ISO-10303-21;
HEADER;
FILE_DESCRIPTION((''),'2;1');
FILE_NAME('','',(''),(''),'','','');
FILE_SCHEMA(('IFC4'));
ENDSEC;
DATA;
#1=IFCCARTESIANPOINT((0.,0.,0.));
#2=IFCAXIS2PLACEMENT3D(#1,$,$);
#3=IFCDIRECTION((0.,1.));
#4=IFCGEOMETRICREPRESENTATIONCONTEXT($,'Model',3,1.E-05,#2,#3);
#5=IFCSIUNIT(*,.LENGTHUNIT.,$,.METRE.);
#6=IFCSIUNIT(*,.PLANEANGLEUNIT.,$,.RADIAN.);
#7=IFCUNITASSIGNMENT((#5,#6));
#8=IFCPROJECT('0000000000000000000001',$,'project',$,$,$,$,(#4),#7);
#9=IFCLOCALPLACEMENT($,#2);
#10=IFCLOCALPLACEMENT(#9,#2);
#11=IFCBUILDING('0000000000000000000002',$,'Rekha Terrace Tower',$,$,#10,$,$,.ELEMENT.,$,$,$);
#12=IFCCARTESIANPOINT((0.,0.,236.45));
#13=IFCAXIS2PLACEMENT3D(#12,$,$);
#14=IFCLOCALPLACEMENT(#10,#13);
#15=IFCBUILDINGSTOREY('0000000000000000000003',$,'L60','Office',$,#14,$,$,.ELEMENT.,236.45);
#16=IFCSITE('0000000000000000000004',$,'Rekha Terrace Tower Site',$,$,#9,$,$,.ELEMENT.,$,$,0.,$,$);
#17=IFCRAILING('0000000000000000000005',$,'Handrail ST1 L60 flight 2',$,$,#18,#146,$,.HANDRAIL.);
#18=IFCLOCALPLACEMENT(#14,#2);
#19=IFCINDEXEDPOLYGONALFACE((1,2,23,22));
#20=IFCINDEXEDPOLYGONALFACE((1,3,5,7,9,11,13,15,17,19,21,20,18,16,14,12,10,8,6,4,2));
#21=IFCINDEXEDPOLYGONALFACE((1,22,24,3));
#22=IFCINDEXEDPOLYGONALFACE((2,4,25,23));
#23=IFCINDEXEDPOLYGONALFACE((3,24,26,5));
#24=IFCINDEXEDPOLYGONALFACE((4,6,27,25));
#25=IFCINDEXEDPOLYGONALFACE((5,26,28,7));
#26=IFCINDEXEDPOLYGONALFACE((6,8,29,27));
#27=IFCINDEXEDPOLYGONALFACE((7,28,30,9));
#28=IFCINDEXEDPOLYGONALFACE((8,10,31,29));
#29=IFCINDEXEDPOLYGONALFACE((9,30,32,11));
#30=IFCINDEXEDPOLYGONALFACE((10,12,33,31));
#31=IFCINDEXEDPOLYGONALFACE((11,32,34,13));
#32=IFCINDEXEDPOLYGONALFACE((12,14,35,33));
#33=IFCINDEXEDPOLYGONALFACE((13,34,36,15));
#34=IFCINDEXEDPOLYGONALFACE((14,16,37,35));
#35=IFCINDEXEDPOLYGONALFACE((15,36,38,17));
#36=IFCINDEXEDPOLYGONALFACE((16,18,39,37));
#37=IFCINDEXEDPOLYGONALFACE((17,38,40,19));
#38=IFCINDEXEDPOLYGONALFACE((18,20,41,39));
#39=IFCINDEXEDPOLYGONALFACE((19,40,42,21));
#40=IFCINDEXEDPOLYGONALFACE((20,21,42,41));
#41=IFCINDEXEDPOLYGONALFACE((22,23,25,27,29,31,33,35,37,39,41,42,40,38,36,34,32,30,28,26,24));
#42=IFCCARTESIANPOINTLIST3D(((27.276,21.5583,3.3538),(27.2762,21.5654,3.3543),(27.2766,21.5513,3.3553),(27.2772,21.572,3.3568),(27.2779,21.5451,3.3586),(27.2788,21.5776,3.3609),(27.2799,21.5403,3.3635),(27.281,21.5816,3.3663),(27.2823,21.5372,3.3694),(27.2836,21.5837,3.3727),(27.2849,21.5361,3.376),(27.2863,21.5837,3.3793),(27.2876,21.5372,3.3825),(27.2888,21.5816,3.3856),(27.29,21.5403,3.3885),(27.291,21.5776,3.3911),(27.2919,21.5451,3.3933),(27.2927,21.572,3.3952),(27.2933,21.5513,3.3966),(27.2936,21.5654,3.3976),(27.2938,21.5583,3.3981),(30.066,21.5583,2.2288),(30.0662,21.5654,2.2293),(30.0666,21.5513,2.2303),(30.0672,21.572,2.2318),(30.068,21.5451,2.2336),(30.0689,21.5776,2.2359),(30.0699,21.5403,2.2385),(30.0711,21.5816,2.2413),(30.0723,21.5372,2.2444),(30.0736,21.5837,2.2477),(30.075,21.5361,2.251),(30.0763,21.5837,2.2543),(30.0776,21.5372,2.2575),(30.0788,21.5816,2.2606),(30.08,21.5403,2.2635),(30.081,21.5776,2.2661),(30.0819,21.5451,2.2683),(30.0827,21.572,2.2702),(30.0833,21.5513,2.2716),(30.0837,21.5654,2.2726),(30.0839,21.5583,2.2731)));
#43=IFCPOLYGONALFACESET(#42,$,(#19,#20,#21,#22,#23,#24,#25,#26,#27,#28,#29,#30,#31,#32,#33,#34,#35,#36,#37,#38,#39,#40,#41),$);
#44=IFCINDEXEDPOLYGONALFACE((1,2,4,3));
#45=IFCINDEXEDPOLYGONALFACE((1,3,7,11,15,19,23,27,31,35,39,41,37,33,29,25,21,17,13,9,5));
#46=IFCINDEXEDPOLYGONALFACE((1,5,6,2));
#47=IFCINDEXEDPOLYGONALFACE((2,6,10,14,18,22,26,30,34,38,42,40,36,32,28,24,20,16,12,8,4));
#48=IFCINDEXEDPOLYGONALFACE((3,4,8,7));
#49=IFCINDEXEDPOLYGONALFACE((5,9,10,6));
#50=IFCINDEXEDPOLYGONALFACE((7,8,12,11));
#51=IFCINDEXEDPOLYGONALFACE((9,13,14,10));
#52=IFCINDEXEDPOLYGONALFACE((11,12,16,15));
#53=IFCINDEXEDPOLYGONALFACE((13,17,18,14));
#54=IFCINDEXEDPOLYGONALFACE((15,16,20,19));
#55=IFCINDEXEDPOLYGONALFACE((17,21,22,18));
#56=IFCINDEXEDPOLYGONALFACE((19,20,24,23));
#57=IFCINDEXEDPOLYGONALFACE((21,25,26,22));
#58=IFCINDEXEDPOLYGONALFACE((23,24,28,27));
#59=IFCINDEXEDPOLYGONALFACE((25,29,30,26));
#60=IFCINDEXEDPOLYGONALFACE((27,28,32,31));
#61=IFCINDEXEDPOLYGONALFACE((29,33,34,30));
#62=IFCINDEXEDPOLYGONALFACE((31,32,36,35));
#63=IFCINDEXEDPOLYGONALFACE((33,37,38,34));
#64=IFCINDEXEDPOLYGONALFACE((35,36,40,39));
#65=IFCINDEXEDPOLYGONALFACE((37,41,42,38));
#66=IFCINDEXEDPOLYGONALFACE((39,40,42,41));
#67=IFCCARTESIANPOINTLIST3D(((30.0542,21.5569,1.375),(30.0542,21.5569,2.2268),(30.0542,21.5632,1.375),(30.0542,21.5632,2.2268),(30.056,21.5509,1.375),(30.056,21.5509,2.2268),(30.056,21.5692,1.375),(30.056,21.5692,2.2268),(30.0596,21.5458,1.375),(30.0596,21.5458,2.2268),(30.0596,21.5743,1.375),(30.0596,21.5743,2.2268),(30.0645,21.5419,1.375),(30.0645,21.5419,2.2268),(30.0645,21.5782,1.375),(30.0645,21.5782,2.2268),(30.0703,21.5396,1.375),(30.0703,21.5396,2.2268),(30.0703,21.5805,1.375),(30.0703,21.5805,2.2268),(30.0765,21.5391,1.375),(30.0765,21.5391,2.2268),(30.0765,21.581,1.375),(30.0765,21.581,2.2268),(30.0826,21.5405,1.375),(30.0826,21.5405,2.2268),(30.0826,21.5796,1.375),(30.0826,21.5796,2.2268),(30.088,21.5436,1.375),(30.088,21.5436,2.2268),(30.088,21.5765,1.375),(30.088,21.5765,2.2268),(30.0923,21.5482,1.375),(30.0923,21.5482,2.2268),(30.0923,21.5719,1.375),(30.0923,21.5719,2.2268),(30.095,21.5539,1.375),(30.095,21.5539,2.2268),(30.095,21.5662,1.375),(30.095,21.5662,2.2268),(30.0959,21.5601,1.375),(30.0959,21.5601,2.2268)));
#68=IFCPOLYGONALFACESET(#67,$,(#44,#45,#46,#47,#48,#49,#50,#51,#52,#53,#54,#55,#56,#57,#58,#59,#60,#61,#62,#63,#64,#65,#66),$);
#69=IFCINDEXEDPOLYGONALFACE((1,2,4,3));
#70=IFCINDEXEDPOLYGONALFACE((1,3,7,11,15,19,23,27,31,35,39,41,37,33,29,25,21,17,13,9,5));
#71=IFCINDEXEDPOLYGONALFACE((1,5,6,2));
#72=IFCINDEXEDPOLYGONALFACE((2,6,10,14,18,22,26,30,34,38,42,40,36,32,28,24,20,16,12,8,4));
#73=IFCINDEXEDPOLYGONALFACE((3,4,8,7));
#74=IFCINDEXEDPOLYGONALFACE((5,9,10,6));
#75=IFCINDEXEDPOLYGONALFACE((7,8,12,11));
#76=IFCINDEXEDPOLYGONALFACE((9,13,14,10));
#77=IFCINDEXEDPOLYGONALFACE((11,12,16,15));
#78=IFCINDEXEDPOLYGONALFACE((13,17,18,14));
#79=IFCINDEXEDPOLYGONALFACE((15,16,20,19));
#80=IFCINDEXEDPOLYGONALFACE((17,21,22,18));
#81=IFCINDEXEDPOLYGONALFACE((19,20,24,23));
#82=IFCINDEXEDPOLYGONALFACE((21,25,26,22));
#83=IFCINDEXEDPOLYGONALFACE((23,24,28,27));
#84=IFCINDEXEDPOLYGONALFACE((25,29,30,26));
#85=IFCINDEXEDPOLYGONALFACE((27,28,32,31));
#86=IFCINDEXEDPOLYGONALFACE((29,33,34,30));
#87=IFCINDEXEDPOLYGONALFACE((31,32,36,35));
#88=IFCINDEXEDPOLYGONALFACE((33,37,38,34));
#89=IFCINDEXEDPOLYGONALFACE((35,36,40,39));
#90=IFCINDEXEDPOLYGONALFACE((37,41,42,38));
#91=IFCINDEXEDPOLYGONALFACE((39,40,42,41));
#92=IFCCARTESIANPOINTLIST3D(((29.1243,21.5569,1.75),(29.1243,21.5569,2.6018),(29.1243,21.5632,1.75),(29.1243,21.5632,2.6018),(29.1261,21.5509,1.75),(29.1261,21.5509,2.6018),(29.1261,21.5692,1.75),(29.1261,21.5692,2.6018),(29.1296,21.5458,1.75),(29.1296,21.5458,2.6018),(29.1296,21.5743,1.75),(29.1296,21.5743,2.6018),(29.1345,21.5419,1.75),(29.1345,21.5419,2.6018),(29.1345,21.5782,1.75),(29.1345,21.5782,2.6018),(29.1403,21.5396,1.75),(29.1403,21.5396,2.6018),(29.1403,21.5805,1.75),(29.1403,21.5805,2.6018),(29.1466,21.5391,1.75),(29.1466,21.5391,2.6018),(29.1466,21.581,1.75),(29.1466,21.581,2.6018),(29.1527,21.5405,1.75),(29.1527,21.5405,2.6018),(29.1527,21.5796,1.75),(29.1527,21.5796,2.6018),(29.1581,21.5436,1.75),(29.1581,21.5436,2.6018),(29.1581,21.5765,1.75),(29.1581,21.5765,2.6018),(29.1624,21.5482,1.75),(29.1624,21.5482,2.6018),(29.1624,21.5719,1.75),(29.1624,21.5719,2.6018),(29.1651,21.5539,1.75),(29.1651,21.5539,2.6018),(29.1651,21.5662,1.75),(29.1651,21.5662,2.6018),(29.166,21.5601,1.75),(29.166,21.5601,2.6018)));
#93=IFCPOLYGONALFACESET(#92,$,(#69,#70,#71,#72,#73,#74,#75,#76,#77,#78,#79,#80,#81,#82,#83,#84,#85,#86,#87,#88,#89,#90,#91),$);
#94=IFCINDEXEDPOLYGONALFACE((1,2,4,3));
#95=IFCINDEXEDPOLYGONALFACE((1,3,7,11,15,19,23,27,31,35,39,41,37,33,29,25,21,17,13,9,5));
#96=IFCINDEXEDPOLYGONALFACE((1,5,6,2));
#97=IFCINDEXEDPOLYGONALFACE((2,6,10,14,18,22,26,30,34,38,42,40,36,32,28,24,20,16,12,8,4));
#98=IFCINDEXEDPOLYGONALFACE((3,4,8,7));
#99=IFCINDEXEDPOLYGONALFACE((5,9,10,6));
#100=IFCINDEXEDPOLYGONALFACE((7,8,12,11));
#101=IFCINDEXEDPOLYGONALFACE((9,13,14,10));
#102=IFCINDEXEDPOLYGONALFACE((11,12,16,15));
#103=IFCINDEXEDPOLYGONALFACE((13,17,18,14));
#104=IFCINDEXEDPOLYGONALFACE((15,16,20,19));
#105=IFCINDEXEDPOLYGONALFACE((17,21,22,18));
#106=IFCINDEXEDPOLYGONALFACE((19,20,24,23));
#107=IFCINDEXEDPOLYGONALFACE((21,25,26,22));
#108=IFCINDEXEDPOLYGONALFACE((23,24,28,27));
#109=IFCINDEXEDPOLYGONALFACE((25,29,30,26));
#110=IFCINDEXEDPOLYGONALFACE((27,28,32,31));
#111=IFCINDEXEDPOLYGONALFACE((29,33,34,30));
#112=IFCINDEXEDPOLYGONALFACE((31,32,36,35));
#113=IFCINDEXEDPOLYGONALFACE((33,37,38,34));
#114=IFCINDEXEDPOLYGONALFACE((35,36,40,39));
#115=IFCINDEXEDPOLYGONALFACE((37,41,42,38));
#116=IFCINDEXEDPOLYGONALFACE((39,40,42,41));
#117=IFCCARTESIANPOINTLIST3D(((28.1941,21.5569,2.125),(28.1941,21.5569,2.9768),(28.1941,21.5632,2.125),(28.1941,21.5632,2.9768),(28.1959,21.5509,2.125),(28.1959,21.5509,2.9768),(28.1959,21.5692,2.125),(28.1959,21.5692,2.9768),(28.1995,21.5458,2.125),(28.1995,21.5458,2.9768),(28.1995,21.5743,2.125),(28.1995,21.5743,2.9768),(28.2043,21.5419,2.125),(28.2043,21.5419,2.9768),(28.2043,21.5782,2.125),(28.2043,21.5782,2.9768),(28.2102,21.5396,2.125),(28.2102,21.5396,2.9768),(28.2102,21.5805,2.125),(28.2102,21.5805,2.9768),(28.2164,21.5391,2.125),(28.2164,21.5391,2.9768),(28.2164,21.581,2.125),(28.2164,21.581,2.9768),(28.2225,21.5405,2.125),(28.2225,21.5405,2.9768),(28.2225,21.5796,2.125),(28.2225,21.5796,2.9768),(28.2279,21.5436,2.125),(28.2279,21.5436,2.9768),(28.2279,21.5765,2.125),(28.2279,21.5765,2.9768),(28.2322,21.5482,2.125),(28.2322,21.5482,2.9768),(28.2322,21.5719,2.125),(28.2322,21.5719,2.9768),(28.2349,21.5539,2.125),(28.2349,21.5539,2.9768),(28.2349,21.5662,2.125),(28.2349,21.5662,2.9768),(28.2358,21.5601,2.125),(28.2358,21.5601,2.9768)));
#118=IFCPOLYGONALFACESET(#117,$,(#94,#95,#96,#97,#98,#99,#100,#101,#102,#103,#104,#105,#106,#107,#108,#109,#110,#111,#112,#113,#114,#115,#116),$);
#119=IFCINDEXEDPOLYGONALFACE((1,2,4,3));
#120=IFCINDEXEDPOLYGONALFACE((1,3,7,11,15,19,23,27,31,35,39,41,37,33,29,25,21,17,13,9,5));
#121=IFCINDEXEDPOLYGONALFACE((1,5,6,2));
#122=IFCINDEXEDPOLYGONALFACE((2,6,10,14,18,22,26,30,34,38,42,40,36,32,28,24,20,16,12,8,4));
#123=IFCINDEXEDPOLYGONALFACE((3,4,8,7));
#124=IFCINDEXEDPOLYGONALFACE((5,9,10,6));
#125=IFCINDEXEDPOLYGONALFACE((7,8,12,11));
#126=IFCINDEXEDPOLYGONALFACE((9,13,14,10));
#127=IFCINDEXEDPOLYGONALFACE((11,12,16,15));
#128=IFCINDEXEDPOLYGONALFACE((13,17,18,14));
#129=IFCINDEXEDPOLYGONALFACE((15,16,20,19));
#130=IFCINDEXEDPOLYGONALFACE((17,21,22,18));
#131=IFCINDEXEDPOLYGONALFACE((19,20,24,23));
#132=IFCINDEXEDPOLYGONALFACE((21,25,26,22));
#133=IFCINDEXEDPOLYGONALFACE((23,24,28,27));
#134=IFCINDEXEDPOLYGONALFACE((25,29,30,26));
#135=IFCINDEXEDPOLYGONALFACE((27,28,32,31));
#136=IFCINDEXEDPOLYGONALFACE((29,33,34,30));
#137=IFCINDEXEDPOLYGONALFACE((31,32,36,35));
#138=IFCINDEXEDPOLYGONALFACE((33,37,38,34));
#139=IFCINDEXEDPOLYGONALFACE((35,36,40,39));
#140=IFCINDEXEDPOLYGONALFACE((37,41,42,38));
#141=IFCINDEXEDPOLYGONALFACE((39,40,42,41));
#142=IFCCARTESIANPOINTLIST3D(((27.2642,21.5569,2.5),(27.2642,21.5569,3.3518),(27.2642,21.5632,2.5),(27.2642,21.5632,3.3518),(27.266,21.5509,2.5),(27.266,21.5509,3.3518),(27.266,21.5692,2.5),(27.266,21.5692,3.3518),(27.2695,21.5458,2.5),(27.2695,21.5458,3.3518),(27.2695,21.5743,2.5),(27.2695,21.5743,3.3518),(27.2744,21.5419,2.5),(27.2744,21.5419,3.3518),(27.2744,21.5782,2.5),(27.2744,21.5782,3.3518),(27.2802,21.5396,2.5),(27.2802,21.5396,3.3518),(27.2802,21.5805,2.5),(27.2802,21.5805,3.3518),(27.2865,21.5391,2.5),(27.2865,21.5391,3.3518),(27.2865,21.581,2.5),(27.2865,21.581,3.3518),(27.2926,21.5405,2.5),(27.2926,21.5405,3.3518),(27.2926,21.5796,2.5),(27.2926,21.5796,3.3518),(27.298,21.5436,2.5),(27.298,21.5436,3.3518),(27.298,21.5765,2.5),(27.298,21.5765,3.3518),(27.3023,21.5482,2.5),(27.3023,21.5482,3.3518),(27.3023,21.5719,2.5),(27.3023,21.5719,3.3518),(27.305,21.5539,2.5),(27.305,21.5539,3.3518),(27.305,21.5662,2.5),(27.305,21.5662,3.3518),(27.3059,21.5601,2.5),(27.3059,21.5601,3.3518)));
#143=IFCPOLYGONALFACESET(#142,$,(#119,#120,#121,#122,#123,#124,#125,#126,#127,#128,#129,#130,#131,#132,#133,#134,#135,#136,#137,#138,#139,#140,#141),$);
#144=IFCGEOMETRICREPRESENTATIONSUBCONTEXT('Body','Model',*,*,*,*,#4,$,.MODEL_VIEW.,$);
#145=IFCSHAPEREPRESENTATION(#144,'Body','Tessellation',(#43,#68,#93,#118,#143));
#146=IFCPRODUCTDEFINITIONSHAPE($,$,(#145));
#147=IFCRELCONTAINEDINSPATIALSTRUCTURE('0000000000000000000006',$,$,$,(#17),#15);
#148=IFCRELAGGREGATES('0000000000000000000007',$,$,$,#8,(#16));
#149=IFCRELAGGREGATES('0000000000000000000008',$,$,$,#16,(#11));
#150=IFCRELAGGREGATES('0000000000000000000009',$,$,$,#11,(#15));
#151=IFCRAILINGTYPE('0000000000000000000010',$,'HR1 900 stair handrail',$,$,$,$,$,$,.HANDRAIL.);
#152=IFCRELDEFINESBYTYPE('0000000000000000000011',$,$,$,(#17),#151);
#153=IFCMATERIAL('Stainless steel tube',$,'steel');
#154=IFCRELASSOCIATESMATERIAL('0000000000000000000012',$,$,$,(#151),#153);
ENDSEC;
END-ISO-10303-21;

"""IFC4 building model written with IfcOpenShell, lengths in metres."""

from ifc_helpers import new_model, si_unit, direction, frame, origin, origin_2d, place, context, subcontext, project, spatial, circle, extrude, material, type_object, element, save


model = new_model("IFC4")

# Units and contexts
model_context = context("Model", 3, precision=1e-05, world=origin(), true_north=direction((0.0, 1.0)))
body_context = subcontext(model_context, "Body", "Model", "MODEL_VIEW")
ifc_project = project(units=[si_unit("LENGTHUNIT", "METRE"), si_unit("PLANEANGLEUNIT", "RADIAN")], contexts=[model_context])

# Site, building, storey
site_placement = place(None, origin())
site = spatial("IfcSite", under=ifc_project, at=site_placement, Name="Rekha Terrace Tower Site", CompositionType="ELEMENT", RefElevation=0.0)
building_placement = place(site_placement, origin())
building = spatial("IfcBuilding", under=site, at=building_placement, Name="Rekha Terrace Tower", CompositionType="ELEMENT")
storey_placement = place(building_placement, frame((0.0, 0.0, 236.45)))
storey = spatial("IfcBuildingStorey", under=building, at=storey_placement, Name="L60", Description="Office", CompositionType="ELEMENT", Elevation=236.45)

# Railing
ifc_material_1 = material(Name="Stainless steel tube", Category="steel")
railing_type_1 = type_object("IfcRailingType", Name="HR1 900 stair handrail", PredefinedType="HANDRAIL", material=ifc_material_1)
railing_1_placement = place(storey_placement, frame((30.075, 21.5601, 1.375)))
element("IfcRailing", 1, at=railing_1_placement, inside=storey, type_object=railing_type_1, Name="Handrail ST1 L60 flight 2", PredefinedType="HANDRAIL", context=body_context, shape_type="SweptSolid", body=[
    extrude(circle(Radius=0.0239, at=origin_2d()), frame((0.0, 0.0, 0.876), z_axis=(-0.927443, 0.0, 0.373964), x_axis=(0.0, -1.0, 0.0)), (0.0, 0.0, 1.0), 3.0083),
    extrude(circle(Radius=0.021, at=origin_2d()), origin(), (0.0, 0.0, 1.0), 0.8518),
    extrude(circle(Radius=0.021, at=origin_2d()), frame((-0.9299, 0.0, 0.375)), (0.0, 0.0, 1.0), 0.8518),
    extrude(circle(Radius=0.021, at=origin_2d()), frame((-1.8601, 0.0, 0.75)), (0.0, 0.0, 1.0), 0.8518),
    extrude(circle(Radius=0.021, at=origin_2d()), frame((-2.79, 0.0, 1.125)), (0.0, 0.0, 1.0), 0.8518),
])

save(model, "model.ifc")
